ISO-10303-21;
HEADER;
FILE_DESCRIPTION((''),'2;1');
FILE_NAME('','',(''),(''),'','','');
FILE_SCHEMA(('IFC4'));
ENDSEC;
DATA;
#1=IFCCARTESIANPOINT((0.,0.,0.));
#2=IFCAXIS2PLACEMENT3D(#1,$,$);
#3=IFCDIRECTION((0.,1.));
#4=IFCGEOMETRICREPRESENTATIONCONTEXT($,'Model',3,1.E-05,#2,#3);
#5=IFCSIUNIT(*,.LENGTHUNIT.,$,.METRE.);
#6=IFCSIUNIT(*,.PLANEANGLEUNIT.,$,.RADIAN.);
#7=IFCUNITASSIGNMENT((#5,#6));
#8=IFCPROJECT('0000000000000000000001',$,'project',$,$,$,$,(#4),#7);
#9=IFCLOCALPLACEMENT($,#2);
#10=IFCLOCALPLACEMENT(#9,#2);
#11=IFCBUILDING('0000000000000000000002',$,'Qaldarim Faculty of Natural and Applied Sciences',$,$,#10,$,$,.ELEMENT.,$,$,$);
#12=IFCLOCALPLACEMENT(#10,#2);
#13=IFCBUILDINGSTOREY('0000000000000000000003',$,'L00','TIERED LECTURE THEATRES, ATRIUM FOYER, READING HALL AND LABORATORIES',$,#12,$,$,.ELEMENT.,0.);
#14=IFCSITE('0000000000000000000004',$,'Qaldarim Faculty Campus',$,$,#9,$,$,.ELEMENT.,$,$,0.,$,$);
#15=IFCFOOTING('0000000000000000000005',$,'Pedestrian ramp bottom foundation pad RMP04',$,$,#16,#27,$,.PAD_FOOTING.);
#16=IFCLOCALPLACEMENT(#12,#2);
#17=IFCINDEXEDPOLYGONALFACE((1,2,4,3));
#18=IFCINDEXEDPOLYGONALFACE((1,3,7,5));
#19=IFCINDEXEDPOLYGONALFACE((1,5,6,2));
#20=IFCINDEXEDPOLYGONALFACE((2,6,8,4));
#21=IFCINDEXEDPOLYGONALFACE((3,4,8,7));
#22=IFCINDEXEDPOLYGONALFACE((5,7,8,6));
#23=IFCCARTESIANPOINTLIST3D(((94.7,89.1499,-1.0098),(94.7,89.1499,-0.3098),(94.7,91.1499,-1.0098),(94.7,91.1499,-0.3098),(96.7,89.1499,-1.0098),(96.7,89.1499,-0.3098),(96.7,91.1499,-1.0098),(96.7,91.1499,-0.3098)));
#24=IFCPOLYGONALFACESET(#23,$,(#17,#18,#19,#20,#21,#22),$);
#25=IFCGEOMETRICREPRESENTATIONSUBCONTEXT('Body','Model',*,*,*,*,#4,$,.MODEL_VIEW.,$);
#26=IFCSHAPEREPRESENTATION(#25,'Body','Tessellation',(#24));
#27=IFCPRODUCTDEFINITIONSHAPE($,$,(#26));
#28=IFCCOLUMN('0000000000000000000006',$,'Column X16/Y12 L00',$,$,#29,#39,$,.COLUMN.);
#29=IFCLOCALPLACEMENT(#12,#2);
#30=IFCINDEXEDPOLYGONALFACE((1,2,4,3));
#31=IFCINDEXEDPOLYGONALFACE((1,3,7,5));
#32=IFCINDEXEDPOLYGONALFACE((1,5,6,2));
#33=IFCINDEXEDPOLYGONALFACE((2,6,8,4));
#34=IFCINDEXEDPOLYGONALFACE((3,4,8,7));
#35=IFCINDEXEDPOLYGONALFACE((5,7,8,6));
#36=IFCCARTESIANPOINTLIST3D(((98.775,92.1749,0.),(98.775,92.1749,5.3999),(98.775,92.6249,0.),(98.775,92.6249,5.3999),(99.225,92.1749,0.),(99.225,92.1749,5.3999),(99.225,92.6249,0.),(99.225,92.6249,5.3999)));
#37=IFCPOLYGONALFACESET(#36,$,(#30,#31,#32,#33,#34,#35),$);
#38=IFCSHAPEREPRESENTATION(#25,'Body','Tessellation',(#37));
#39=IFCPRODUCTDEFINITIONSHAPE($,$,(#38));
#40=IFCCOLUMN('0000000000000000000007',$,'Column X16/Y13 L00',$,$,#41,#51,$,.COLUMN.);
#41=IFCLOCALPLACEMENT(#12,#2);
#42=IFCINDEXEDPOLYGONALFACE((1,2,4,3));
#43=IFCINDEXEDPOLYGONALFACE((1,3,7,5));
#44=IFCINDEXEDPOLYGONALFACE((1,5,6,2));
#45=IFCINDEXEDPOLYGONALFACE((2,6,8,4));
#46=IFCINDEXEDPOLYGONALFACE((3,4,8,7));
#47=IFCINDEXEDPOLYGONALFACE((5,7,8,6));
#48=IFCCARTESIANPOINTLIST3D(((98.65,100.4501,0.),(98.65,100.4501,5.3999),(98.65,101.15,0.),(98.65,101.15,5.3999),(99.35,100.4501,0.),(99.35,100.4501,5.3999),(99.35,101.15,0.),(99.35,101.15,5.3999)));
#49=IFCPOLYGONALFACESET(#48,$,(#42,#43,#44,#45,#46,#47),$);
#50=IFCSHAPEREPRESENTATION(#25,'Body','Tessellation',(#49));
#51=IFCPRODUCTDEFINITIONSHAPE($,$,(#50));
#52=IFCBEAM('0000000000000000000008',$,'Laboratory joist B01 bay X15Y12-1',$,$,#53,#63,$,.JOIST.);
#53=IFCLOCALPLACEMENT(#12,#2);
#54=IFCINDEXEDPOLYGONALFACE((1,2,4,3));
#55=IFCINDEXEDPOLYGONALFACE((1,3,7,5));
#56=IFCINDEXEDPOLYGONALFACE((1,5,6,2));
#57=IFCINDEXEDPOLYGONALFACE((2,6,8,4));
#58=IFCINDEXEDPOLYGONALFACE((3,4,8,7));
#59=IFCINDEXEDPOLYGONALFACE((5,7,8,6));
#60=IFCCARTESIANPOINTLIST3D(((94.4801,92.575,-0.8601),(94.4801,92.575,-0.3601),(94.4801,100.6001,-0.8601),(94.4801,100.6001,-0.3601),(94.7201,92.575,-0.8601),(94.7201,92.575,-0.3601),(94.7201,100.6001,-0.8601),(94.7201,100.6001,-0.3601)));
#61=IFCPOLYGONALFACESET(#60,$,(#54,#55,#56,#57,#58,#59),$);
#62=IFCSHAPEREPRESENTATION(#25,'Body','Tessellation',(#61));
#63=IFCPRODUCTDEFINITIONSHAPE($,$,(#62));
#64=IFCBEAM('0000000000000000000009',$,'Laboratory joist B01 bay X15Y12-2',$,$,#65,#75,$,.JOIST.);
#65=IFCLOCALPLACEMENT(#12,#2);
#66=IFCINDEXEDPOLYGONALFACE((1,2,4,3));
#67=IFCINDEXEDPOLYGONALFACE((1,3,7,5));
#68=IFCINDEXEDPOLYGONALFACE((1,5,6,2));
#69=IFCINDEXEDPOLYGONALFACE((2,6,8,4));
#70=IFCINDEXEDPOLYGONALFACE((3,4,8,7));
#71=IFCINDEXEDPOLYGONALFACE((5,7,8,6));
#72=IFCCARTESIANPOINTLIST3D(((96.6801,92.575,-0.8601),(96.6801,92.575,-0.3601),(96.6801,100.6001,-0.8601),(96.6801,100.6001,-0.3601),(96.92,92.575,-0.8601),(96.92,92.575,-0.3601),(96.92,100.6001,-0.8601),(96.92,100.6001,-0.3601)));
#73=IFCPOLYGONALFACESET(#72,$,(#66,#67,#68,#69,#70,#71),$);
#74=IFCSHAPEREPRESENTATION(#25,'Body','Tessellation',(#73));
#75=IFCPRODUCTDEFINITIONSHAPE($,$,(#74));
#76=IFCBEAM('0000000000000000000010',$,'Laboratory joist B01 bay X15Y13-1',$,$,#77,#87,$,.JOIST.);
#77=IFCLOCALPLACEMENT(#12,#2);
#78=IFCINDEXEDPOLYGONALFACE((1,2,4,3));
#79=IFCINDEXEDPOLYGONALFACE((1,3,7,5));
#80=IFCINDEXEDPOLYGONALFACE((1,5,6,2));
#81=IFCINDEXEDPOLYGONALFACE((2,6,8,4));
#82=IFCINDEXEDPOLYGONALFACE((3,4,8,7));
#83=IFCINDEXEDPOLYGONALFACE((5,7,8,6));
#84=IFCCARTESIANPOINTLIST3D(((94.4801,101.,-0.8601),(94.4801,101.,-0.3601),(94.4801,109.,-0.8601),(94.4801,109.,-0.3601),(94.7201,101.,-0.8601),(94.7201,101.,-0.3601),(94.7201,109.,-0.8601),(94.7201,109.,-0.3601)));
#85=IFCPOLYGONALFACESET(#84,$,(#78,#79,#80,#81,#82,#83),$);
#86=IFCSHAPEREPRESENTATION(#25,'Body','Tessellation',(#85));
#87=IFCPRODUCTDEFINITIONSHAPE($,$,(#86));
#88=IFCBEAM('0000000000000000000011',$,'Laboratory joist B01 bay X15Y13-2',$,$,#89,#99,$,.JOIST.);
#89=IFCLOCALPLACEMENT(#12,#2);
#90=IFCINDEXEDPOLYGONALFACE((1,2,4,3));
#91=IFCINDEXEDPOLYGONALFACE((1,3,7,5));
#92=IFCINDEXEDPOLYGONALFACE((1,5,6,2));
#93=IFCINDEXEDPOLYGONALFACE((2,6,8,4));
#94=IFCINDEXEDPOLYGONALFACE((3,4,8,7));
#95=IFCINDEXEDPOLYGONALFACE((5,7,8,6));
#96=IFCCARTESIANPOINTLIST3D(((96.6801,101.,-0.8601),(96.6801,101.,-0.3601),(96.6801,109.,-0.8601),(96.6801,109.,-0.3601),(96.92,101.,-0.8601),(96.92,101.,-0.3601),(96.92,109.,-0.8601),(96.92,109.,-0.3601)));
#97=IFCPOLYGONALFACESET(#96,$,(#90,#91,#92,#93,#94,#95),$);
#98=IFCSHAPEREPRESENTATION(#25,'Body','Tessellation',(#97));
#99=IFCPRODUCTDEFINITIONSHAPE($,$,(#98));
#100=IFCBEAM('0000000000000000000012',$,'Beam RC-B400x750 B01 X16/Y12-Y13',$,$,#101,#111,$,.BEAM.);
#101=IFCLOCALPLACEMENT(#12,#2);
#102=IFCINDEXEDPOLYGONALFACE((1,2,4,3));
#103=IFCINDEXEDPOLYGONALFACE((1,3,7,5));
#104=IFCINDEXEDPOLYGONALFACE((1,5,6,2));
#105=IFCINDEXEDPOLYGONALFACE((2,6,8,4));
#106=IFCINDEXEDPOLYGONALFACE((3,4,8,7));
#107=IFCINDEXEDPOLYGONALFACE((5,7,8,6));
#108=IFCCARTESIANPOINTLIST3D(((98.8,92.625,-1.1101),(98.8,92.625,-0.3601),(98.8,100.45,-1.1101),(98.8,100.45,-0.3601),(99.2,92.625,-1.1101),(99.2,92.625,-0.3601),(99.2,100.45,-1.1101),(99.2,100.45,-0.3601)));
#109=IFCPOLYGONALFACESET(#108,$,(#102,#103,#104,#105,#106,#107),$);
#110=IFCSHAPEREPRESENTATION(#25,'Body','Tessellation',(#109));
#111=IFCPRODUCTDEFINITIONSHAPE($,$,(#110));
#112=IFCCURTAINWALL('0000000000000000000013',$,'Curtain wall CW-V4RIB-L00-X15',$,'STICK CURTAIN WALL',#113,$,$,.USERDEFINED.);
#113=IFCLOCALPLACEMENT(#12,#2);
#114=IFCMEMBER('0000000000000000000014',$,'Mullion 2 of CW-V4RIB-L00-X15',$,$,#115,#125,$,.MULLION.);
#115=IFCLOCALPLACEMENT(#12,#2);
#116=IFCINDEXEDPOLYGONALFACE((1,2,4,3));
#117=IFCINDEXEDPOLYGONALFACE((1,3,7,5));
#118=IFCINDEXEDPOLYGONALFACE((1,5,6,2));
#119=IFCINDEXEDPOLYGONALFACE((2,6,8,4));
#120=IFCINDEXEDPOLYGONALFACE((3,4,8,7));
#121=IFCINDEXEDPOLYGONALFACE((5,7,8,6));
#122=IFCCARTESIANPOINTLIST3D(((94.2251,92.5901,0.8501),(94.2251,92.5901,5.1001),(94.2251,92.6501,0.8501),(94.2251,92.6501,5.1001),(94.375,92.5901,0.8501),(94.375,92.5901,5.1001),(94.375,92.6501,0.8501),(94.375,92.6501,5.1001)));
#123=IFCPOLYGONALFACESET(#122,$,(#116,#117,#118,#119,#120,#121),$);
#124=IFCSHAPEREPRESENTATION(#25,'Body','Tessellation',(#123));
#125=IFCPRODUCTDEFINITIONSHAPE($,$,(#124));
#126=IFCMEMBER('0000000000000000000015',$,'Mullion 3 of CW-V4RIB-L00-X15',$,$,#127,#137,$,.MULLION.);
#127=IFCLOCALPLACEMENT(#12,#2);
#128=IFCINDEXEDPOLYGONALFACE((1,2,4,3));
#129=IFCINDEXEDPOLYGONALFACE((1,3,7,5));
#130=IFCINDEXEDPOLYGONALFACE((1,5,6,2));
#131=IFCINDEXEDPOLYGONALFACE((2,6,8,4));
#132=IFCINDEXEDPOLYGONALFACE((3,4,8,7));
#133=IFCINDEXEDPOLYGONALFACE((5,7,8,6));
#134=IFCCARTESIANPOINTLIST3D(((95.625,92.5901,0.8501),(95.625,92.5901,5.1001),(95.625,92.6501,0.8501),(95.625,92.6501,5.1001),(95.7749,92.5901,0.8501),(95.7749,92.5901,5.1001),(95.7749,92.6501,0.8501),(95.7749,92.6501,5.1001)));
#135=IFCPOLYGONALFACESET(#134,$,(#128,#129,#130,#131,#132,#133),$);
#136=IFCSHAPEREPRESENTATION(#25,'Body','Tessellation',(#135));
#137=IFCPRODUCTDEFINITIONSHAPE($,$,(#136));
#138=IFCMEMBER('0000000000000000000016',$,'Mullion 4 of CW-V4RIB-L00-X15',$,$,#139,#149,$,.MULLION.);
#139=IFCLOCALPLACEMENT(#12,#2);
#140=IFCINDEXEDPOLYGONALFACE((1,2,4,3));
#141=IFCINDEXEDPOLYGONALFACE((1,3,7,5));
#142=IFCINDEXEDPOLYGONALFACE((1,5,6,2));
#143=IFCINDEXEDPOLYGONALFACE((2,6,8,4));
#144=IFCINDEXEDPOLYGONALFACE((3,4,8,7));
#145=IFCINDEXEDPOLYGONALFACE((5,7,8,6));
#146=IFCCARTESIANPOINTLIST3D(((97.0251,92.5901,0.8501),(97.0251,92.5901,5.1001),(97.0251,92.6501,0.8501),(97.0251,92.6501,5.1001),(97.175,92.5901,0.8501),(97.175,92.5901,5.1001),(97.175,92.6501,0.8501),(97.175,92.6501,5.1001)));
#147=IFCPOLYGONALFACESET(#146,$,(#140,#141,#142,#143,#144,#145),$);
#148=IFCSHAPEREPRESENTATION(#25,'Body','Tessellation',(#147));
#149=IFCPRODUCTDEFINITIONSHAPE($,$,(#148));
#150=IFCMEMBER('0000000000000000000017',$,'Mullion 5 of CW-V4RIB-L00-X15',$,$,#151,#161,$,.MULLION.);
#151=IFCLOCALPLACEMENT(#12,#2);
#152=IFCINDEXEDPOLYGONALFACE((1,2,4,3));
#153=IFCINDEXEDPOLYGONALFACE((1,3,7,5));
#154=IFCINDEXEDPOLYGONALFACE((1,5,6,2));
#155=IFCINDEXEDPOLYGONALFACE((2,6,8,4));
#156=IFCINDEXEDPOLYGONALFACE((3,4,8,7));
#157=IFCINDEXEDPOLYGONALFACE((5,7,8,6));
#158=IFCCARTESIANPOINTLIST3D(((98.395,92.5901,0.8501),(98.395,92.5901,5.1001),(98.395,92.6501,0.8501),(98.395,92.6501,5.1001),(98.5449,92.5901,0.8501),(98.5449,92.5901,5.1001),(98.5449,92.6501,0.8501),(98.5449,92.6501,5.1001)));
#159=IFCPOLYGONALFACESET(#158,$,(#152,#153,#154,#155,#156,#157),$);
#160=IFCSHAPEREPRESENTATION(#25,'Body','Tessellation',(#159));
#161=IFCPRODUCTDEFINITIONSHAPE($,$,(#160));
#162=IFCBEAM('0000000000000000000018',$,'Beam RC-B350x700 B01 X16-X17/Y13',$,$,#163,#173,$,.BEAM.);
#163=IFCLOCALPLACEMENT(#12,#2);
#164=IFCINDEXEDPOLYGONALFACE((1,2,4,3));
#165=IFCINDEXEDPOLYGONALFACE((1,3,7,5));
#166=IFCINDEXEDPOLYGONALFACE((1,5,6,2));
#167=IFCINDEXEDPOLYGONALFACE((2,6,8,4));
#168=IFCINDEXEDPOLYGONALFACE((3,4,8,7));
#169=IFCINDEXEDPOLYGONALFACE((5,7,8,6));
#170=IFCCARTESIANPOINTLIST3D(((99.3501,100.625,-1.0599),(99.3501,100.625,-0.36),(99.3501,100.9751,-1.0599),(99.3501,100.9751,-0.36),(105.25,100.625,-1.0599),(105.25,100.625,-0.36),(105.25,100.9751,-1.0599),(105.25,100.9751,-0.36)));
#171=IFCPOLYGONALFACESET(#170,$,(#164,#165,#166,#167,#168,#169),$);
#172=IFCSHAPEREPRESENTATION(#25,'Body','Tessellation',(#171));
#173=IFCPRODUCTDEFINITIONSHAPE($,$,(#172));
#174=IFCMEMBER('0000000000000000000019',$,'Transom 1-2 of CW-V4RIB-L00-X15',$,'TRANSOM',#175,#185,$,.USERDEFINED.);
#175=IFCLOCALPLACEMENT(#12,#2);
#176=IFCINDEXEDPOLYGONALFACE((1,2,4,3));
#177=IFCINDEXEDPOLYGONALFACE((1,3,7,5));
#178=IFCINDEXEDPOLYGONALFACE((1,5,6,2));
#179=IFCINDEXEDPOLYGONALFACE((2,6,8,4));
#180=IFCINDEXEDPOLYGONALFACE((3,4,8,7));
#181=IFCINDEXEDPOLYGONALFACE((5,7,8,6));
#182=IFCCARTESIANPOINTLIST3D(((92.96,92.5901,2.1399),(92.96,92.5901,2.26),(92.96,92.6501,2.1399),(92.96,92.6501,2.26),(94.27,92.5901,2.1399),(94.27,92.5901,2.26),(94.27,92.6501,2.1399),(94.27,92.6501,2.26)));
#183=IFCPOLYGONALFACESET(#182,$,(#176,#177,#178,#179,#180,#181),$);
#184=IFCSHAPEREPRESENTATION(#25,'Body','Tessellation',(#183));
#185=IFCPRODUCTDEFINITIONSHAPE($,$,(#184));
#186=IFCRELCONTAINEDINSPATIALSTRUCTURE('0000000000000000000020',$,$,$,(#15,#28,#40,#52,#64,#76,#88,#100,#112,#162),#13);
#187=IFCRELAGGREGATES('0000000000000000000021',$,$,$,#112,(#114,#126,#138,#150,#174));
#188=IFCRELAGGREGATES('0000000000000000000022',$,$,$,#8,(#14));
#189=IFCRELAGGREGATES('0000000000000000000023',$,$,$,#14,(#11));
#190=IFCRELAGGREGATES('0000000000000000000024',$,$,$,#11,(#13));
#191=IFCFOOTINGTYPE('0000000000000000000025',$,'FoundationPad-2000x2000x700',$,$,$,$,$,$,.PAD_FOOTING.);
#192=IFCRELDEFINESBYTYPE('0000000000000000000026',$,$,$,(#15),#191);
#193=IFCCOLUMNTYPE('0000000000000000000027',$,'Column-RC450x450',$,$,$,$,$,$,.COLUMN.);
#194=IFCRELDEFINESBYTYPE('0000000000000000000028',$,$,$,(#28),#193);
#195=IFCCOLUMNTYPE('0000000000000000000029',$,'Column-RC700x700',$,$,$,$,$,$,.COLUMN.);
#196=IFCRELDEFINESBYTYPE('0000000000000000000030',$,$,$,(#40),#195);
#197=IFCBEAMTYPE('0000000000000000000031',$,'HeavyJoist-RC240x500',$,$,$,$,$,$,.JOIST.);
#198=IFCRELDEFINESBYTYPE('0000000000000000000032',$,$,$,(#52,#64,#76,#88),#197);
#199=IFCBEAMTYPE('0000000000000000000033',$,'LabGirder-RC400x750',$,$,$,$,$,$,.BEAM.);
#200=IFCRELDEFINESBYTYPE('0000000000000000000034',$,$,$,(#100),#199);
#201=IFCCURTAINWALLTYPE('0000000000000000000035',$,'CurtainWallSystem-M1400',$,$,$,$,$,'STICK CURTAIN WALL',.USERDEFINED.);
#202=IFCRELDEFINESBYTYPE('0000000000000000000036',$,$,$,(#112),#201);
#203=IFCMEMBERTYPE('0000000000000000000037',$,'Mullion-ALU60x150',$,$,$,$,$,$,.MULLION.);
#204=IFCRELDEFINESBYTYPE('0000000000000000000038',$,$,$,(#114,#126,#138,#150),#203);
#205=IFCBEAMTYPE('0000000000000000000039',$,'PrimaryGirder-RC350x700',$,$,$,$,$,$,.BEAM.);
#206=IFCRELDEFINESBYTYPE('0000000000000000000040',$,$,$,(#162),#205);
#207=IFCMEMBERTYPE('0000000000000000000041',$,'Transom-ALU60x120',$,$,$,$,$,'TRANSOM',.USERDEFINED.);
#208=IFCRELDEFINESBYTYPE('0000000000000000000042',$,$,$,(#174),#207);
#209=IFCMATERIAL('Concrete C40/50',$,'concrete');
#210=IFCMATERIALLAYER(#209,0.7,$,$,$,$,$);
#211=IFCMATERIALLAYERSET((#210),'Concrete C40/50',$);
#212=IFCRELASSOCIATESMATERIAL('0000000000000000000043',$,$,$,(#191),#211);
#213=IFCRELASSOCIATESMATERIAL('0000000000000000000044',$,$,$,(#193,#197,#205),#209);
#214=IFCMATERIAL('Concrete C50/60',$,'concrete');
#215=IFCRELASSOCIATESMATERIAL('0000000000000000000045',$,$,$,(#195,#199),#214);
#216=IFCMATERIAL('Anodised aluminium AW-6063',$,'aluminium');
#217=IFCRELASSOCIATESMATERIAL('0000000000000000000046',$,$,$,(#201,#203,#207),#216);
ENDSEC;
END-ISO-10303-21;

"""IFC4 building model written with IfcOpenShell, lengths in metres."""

from ifc_helpers import new_model, si_unit, direction, frame, origin, origin_2d, place, context, subcontext, project, spatial, rectangle, extrude, material, layer, layer_set, material_profile, profile_set, type_object, element, aggregate, save


model = new_model("IFC4")

# Units and contexts
model_context = context("Model", 3, precision=1e-05, world=origin(), true_north=direction((0.0, 1.0)))
body_context = subcontext(model_context, "Body", "Model", "MODEL_VIEW")
ifc_project = project(units=[si_unit("LENGTHUNIT", "METRE"), si_unit("PLANEANGLEUNIT", "RADIAN")], contexts=[model_context])

# Site, building, storey
site_placement = place(None, origin())
site = spatial("IfcSite", under=ifc_project, at=site_placement, Name="Qaldarim Faculty Campus", CompositionType="ELEMENT", RefElevation=0.0)
building_placement = place(site_placement, origin())
building = spatial("IfcBuilding", under=site, at=building_placement, Name="Qaldarim Faculty of Natural and Applied Sciences", CompositionType="ELEMENT")
storey_placement = place(building_placement, origin())
storey = spatial("IfcBuildingStorey", under=building, at=storey_placement, Name="L00", Description="TIERED LECTURE THEATRES, ATRIUM FOYER, READING HALL AND LABORATORIES", CompositionType="ELEMENT", Elevation=0.0)

# Footing
ifc_material_1 = material(Name="Concrete C40/50", Category="concrete")
ifc_layer_1 = layer(ifc_material_1, 0.7)
ifc_layer_set_1 = layer_set([ifc_layer_1], Name="Concrete C40/50")
footing_type = type_object("IfcFootingType", Name="FoundationPad-2000x2000x700", PredefinedType="PAD_FOOTING", material=ifc_layer_set_1)
footing_placement = place(storey_placement, frame((95.7, 90.1499, -1.0098), z_axis=(0.0, 0.0, 1.0), x_axis=(0.0, 1.0, 0.0)))
element("IfcFooting", 1, at=footing_placement, inside=storey, type_object=footing_type, Name="Pedestrian ramp bottom foundation pad RMP04", PredefinedType="PAD_FOOTING", context=body_context, shape_type="SweptSolid", body=[
    extrude(rectangle(XDim=2.0, YDim=2.0, at=origin_2d()), origin(), (0.0, 0.0, 1.0), 0.7),
])

# Columns
ifc_material_profile_1 = material_profile(ifc_material_1, rectangle(XDim=0.45, YDim=0.45, at=origin_2d()), Name="RC-C450x450")
ifc_profile_set_1 = profile_set([ifc_material_profile_1], Name="Concrete C40/50")
column_type_1 = type_object("IfcColumnType", Name="Column-RC450x450", PredefinedType="COLUMN", material=ifc_profile_set_1)
column_1_placement = place(storey_placement, frame((99.0, 92.3999, 0.0), z_axis=(0.0, 0.0, 1.0), x_axis=(1.0, 0.0, 0.0)))
element("IfcColumn", 2, at=column_1_placement, inside=storey, type_object=column_type_1, Name="Column X16/Y12 L00", PredefinedType="COLUMN", context=body_context, shape_type="SweptSolid", body=[
    extrude(rectangle(XDim=0.45, YDim=0.45, at=origin_2d()), origin(), (0.0, 0.0, 1.0), 5.3999),
])
ifc_material_2 = material(Name="Concrete C50/60", Category="concrete")
ifc_material_profile_2 = material_profile(ifc_material_2, rectangle(XDim=0.7, YDim=0.7, at=origin_2d()), Name="RC-C700x700")
ifc_profile_set_2 = profile_set([ifc_material_profile_2], Name="Concrete C50/60")
column_type_2 = type_object("IfcColumnType", Name="Column-RC700x700", PredefinedType="COLUMN", material=ifc_profile_set_2)
column_2_placement = place(storey_placement, frame((99.0, 100.8, 0.0), z_axis=(0.0, 0.0, 1.0), x_axis=(1.0, 0.0, 0.0)))
element("IfcColumn", 3, at=column_2_placement, inside=storey, type_object=column_type_2, Name="Column X16/Y13 L00", PredefinedType="COLUMN", context=body_context, shape_type="SweptSolid", body=[
    extrude(rectangle(XDim=0.7, YDim=0.7, at=origin_2d()), origin(), (0.0, 0.0, 1.0), 5.3999),
])

# Beams
ifc_material_profile_3 = material_profile(ifc_material_1, rectangle(XDim=0.24, YDim=0.5, at=origin_2d()), Name="RC-J240x500")
ifc_profile_set_3 = profile_set([ifc_material_profile_3], Name="Concrete C40/50")
beam_type_1 = type_object("IfcBeamType", Name="HeavyJoist-RC240x500", PredefinedType="JOIST", material=ifc_profile_set_3)
for number, where, z_axis, x_axis, name in (
    (4, (94.6001, 92.575, -0.6101), (0.0, 1.0, 0.0), (-1.0, 0.0, 0.0), "Laboratory joist B01 bay X15Y12-1"),
    (5, (96.8, 92.575, -0.6101), (0.0, 1.0, 0.0), (-1.0, 0.0, 0.0), "Laboratory joist B01 bay X15Y12-2"),
):
    element("IfcBeam", number, at=place(storey_placement, frame(where, z_axis=z_axis, x_axis=x_axis)), inside=storey, type_object=beam_type_1, Name=name, PredefinedType="JOIST", context=body_context, shape_type="SweptSolid", body=[
        extrude(rectangle(XDim=0.24, YDim=0.5, at=origin_2d()), origin(), (0.0, 0.0, 1.0), 8.0251),
    ])
for number, where, z_axis, x_axis, name in (
    (6, (94.6001, 101.0, -0.6101), (0.0, 1.0, 0.0), (-1.0, 0.0, 0.0), "Laboratory joist B01 bay X15Y13-1"),
    (7, (96.8, 101.0, -0.6101), (0.0, 1.0, 0.0), (-1.0, 0.0, 0.0), "Laboratory joist B01 bay X15Y13-2"),
):
    element("IfcBeam", number, at=place(storey_placement, frame(where, z_axis=z_axis, x_axis=x_axis)), inside=storey, type_object=beam_type_1, Name=name, PredefinedType="JOIST", context=body_context, shape_type="SweptSolid", body=[
        extrude(rectangle(XDim=0.24, YDim=0.5, at=origin_2d()), origin(), (0.0, 0.0, 1.0), 8.0),
    ])
ifc_material_profile_4 = material_profile(ifc_material_2, rectangle(XDim=0.3999, YDim=0.75, at=origin_2d()), Name="RC-B400x750")
ifc_profile_set_4 = profile_set([ifc_material_profile_4], Name="Concrete C50/60")
beam_type_2 = type_object("IfcBeamType", Name="LabGirder-RC400x750", PredefinedType="BEAM", material=ifc_profile_set_4)
beam_1_placement = place(storey_placement, frame((99.0, 92.625, -0.7351), z_axis=(0.0, 1.0, 0.0), x_axis=(-1.0, 0.0, 0.0)))
element("IfcBeam", 8, at=beam_1_placement, inside=storey, type_object=beam_type_2, Name="Beam RC-B400x750 B01 X16/Y12-Y13", PredefinedType="BEAM", context=body_context, shape_type="SweptSolid", body=[
    extrude(rectangle(XDim=0.3999, YDim=0.75, at=origin_2d()), origin(), (0.0, 0.0, 1.0), 7.825),
])

# Curtain wall, members
ifc_material_3 = material(Name="Anodised aluminium AW-6063", Category="aluminium")
curtain_wall_type = type_object("IfcCurtainWallType", Name="CurtainWallSystem-M1400", ElementType="STICK CURTAIN WALL", PredefinedType="USERDEFINED", material=ifc_material_3)
curtain_wall_placement = place(storey_placement, origin())
curtain_wall = element("IfcCurtainWall", 9, at=curtain_wall_placement, inside=storey, type_object=curtain_wall_type, Name="Curtain wall CW-V4RIB-L00-X15", ObjectType="STICK CURTAIN WALL", PredefinedType="USERDEFINED")
ifc_material_profile_5 = material_profile(ifc_material_3, rectangle(XDim=0.0601, YDim=0.1499, at=origin_2d()), Name="ALU-M60x150")
ifc_profile_set_5 = profile_set([ifc_material_profile_5], Name="Anodised aluminium AW-6063")
member_type_1 = type_object("IfcMemberType", Name="Mullion-ALU60x150", PredefinedType="MULLION", material=ifc_profile_set_5)
member_1_placement = place(storey_placement, frame((94.3, 92.6201, 0.8501), z_axis=(0.0, 0.0, 1.0), x_axis=(0.0, 1.0, 0.0)))
member_1 = element("IfcMember", 10, at=member_1_placement, type_object=member_type_1, Name="Mullion 2 of CW-V4RIB-L00-X15", PredefinedType="MULLION", context=body_context, shape_type="SweptSolid", body=[
    extrude(rectangle(XDim=0.0601, YDim=0.1499, at=origin_2d()), origin(), (0.0, 0.0, 1.0), 4.25),
])
member_2_placement = place(storey_placement, frame((95.7, 92.6201, 0.8501), z_axis=(0.0, 0.0, 1.0), x_axis=(0.0, 1.0, 0.0)))
member_2 = element("IfcMember", 11, at=member_2_placement, type_object=member_type_1, Name="Mullion 3 of CW-V4RIB-L00-X15", PredefinedType="MULLION", context=body_context, shape_type="SweptSolid", body=[
    extrude(rectangle(XDim=0.0601, YDim=0.1499, at=origin_2d()), origin(), (0.0, 0.0, 1.0), 4.25),
])
member_3_placement = place(storey_placement, frame((97.1001, 92.6201, 0.8501), z_axis=(0.0, 0.0, 1.0), x_axis=(0.0, 1.0, 0.0)))
member_3 = element("IfcMember", 12, at=member_3_placement, type_object=member_type_1, Name="Mullion 4 of CW-V4RIB-L00-X15", PredefinedType="MULLION", context=body_context, shape_type="SweptSolid", body=[
    extrude(rectangle(XDim=0.0601, YDim=0.1499, at=origin_2d()), origin(), (0.0, 0.0, 1.0), 4.25),
])
member_4_placement = place(storey_placement, frame((98.47, 92.6201, 0.8501), z_axis=(0.0, 0.0, 1.0), x_axis=(0.0, 1.0, 0.0)))
member_4 = element("IfcMember", 13, at=member_4_placement, type_object=member_type_1, Name="Mullion 5 of CW-V4RIB-L00-X15", PredefinedType="MULLION", context=body_context, shape_type="SweptSolid", body=[
    extrude(rectangle(XDim=0.0601, YDim=0.1499, at=origin_2d()), origin(), (0.0, 0.0, 1.0), 4.25),
])

# Beam
ifc_material_profile_6 = material_profile(ifc_material_1, rectangle(XDim=0.3501, YDim=0.7, at=origin_2d()), Name="RC-B350x700")
ifc_profile_set_6 = profile_set([ifc_material_profile_6], Name="Concrete C40/50")
beam_type_3 = type_object("IfcBeamType", Name="PrimaryGirder-RC350x700", PredefinedType="BEAM", material=ifc_profile_set_6)
beam_2_placement = place(storey_placement, frame((99.3501, 100.8, -0.71), z_axis=(1.0, 0.0, 0.0), x_axis=(0.0, 1.0, 0.0)))
element("IfcBeam", 14, at=beam_2_placement, inside=storey, type_object=beam_type_3, Name="Beam RC-B350x700 B01 X16-X17/Y13", PredefinedType="BEAM", context=body_context, shape_type="SweptSolid", body=[
    extrude(rectangle(XDim=0.3501, YDim=0.7, at=origin_2d()), origin(), (0.0, 0.0, 1.0), 5.8999),
])

# Member
ifc_material_profile_7 = material_profile(ifc_material_3, rectangle(XDim=0.0601, YDim=0.1201, at=origin_2d()), Name="ALU-T60x120")
ifc_profile_set_7 = profile_set([ifc_material_profile_7], Name="Anodised aluminium AW-6063")
member_type_2 = type_object("IfcMemberType", Name="Transom-ALU60x120", ElementType="TRANSOM", PredefinedType="USERDEFINED", material=ifc_profile_set_7)
member_5_placement = place(storey_placement, frame((92.96, 92.6201, 2.2), z_axis=(1.0, 0.0, 0.0), x_axis=(0.0, 1.0, 0.0)))
member_5 = element("IfcMember", 15, at=member_5_placement, type_object=member_type_2, Name="Transom 1-2 of CW-V4RIB-L00-X15", ObjectType="TRANSOM", PredefinedType="USERDEFINED", context=body_context, shape_type="SweptSolid", body=[
    extrude(rectangle(XDim=0.0601, YDim=0.1201, at=origin_2d()), origin(), (0.0, 0.0, 1.0), 1.3101),
])

aggregate(curtain_wall, [member_1, member_2, member_3, member_4, member_5])

save(model, "model.ifc")
